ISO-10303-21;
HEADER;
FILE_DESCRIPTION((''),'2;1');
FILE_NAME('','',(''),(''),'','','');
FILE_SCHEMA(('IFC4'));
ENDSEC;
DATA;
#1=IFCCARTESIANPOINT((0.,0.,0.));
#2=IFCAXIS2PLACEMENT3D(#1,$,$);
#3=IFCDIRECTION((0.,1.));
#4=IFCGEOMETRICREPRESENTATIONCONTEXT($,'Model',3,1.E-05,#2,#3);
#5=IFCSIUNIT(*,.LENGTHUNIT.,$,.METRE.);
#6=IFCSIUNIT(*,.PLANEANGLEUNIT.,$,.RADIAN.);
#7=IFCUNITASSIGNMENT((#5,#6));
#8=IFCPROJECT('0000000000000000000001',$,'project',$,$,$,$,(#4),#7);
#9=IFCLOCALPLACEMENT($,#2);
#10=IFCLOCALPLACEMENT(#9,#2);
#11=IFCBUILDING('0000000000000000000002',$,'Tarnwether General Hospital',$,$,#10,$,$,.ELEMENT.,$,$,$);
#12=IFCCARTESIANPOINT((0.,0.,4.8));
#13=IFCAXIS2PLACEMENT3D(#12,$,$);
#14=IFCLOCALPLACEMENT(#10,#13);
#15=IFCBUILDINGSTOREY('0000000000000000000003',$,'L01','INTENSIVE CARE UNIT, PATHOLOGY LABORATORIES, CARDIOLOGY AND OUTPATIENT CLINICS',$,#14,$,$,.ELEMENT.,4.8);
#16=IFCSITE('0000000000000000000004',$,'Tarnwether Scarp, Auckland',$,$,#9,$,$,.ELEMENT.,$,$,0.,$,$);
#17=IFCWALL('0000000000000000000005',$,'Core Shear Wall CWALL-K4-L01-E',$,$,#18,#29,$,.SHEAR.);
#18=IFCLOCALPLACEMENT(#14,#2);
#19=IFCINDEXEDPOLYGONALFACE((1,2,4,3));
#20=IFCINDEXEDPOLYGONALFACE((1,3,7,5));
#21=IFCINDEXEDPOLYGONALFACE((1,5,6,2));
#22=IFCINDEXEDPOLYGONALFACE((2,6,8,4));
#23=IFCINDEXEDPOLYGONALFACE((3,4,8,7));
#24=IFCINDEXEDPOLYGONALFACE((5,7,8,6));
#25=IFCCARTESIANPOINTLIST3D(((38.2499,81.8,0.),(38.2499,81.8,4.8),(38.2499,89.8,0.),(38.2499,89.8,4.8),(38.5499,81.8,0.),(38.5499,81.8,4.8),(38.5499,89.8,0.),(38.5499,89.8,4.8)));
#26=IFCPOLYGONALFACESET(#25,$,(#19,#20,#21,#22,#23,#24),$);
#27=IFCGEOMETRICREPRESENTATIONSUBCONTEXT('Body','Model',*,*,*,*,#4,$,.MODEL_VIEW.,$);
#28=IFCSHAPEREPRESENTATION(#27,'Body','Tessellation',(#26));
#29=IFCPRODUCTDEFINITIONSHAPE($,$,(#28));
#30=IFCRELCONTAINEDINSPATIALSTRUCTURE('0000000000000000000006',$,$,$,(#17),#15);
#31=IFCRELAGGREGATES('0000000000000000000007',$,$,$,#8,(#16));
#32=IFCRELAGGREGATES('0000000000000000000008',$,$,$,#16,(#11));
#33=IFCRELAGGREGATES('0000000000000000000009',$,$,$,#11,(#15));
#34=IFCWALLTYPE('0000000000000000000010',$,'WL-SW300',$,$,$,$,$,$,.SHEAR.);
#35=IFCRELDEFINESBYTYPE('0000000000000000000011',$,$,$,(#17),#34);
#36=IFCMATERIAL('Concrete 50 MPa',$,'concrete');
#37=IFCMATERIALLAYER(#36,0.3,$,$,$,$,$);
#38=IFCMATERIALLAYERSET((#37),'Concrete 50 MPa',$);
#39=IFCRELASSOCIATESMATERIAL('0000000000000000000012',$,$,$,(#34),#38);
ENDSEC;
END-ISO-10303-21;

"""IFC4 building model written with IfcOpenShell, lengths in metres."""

from ifc_helpers import new_model, si_unit, direction, frame, frame_2d, origin, place, context, subcontext, project, spatial, rectangle, extrude, material, layer, layer_set, type_object, element, save


model = new_model("IFC4")

# Units and contexts
model_context = context("Model", 3, precision=1e-05, world=origin(), true_north=direction((0.0, 1.0)))
body_context = subcontext(model_context, "Body", "Model", "MODEL_VIEW")
ifc_project = project(units=[si_unit("LENGTHUNIT", "METRE"), si_unit("PLANEANGLEUNIT", "RADIAN")], contexts=[model_context])

# Site, building, storey
site_placement = place(None, origin())
site = spatial("IfcSite", under=ifc_project, at=site_placement, Name="Tarnwether Scarp, Auckland", CompositionType="ELEMENT", RefElevation=0.0)
building_placement = place(site_placement, origin())
building = spatial("IfcBuilding", under=site, at=building_placement, Name="Tarnwether General Hospital", CompositionType="ELEMENT")
storey_placement = place(building_placement, frame((0.0, 0.0, 4.8)))
storey = spatial("IfcBuildingStorey", under=building, at=storey_placement, Name="L01", Description="INTENSIVE CARE UNIT, PATHOLOGY LABORATORIES, CARDIOLOGY AND OUTPATIENT CLINICS", CompositionType="ELEMENT", Elevation=4.8)

# Wall
ifc_material_1 = material(Name="Concrete 50 MPa", Category="concrete")
ifc_layer_1 = layer(ifc_material_1, 0.3)
ifc_layer_set_1 = layer_set([ifc_layer_1], Name="Concrete 50 MPa")
wall_type_1 = type_object("IfcWallType", Name="WL-SW300", PredefinedType="SHEAR", material=ifc_layer_set_1)
wall_1_placement = place(storey_placement, frame((38.3999, 89.8, 0.0), z_axis=(0.0, 0.0, 1.0), x_axis=(0.0, -1.0, 0.0)))
element("IfcWall", 1, at=wall_1_placement, inside=storey, type_object=wall_type_1, Name="Core Shear Wall CWALL-K4-L01-E", PredefinedType="SHEAR", context=body_context, shape_type="SweptSolid", body=[
    extrude(rectangle(XDim=8.0, YDim=0.3, at=frame_2d((4.0, 0.0))), origin(), (0.0, 0.0, 1.0), 4.8),
])

save(model, "model.ifc")
